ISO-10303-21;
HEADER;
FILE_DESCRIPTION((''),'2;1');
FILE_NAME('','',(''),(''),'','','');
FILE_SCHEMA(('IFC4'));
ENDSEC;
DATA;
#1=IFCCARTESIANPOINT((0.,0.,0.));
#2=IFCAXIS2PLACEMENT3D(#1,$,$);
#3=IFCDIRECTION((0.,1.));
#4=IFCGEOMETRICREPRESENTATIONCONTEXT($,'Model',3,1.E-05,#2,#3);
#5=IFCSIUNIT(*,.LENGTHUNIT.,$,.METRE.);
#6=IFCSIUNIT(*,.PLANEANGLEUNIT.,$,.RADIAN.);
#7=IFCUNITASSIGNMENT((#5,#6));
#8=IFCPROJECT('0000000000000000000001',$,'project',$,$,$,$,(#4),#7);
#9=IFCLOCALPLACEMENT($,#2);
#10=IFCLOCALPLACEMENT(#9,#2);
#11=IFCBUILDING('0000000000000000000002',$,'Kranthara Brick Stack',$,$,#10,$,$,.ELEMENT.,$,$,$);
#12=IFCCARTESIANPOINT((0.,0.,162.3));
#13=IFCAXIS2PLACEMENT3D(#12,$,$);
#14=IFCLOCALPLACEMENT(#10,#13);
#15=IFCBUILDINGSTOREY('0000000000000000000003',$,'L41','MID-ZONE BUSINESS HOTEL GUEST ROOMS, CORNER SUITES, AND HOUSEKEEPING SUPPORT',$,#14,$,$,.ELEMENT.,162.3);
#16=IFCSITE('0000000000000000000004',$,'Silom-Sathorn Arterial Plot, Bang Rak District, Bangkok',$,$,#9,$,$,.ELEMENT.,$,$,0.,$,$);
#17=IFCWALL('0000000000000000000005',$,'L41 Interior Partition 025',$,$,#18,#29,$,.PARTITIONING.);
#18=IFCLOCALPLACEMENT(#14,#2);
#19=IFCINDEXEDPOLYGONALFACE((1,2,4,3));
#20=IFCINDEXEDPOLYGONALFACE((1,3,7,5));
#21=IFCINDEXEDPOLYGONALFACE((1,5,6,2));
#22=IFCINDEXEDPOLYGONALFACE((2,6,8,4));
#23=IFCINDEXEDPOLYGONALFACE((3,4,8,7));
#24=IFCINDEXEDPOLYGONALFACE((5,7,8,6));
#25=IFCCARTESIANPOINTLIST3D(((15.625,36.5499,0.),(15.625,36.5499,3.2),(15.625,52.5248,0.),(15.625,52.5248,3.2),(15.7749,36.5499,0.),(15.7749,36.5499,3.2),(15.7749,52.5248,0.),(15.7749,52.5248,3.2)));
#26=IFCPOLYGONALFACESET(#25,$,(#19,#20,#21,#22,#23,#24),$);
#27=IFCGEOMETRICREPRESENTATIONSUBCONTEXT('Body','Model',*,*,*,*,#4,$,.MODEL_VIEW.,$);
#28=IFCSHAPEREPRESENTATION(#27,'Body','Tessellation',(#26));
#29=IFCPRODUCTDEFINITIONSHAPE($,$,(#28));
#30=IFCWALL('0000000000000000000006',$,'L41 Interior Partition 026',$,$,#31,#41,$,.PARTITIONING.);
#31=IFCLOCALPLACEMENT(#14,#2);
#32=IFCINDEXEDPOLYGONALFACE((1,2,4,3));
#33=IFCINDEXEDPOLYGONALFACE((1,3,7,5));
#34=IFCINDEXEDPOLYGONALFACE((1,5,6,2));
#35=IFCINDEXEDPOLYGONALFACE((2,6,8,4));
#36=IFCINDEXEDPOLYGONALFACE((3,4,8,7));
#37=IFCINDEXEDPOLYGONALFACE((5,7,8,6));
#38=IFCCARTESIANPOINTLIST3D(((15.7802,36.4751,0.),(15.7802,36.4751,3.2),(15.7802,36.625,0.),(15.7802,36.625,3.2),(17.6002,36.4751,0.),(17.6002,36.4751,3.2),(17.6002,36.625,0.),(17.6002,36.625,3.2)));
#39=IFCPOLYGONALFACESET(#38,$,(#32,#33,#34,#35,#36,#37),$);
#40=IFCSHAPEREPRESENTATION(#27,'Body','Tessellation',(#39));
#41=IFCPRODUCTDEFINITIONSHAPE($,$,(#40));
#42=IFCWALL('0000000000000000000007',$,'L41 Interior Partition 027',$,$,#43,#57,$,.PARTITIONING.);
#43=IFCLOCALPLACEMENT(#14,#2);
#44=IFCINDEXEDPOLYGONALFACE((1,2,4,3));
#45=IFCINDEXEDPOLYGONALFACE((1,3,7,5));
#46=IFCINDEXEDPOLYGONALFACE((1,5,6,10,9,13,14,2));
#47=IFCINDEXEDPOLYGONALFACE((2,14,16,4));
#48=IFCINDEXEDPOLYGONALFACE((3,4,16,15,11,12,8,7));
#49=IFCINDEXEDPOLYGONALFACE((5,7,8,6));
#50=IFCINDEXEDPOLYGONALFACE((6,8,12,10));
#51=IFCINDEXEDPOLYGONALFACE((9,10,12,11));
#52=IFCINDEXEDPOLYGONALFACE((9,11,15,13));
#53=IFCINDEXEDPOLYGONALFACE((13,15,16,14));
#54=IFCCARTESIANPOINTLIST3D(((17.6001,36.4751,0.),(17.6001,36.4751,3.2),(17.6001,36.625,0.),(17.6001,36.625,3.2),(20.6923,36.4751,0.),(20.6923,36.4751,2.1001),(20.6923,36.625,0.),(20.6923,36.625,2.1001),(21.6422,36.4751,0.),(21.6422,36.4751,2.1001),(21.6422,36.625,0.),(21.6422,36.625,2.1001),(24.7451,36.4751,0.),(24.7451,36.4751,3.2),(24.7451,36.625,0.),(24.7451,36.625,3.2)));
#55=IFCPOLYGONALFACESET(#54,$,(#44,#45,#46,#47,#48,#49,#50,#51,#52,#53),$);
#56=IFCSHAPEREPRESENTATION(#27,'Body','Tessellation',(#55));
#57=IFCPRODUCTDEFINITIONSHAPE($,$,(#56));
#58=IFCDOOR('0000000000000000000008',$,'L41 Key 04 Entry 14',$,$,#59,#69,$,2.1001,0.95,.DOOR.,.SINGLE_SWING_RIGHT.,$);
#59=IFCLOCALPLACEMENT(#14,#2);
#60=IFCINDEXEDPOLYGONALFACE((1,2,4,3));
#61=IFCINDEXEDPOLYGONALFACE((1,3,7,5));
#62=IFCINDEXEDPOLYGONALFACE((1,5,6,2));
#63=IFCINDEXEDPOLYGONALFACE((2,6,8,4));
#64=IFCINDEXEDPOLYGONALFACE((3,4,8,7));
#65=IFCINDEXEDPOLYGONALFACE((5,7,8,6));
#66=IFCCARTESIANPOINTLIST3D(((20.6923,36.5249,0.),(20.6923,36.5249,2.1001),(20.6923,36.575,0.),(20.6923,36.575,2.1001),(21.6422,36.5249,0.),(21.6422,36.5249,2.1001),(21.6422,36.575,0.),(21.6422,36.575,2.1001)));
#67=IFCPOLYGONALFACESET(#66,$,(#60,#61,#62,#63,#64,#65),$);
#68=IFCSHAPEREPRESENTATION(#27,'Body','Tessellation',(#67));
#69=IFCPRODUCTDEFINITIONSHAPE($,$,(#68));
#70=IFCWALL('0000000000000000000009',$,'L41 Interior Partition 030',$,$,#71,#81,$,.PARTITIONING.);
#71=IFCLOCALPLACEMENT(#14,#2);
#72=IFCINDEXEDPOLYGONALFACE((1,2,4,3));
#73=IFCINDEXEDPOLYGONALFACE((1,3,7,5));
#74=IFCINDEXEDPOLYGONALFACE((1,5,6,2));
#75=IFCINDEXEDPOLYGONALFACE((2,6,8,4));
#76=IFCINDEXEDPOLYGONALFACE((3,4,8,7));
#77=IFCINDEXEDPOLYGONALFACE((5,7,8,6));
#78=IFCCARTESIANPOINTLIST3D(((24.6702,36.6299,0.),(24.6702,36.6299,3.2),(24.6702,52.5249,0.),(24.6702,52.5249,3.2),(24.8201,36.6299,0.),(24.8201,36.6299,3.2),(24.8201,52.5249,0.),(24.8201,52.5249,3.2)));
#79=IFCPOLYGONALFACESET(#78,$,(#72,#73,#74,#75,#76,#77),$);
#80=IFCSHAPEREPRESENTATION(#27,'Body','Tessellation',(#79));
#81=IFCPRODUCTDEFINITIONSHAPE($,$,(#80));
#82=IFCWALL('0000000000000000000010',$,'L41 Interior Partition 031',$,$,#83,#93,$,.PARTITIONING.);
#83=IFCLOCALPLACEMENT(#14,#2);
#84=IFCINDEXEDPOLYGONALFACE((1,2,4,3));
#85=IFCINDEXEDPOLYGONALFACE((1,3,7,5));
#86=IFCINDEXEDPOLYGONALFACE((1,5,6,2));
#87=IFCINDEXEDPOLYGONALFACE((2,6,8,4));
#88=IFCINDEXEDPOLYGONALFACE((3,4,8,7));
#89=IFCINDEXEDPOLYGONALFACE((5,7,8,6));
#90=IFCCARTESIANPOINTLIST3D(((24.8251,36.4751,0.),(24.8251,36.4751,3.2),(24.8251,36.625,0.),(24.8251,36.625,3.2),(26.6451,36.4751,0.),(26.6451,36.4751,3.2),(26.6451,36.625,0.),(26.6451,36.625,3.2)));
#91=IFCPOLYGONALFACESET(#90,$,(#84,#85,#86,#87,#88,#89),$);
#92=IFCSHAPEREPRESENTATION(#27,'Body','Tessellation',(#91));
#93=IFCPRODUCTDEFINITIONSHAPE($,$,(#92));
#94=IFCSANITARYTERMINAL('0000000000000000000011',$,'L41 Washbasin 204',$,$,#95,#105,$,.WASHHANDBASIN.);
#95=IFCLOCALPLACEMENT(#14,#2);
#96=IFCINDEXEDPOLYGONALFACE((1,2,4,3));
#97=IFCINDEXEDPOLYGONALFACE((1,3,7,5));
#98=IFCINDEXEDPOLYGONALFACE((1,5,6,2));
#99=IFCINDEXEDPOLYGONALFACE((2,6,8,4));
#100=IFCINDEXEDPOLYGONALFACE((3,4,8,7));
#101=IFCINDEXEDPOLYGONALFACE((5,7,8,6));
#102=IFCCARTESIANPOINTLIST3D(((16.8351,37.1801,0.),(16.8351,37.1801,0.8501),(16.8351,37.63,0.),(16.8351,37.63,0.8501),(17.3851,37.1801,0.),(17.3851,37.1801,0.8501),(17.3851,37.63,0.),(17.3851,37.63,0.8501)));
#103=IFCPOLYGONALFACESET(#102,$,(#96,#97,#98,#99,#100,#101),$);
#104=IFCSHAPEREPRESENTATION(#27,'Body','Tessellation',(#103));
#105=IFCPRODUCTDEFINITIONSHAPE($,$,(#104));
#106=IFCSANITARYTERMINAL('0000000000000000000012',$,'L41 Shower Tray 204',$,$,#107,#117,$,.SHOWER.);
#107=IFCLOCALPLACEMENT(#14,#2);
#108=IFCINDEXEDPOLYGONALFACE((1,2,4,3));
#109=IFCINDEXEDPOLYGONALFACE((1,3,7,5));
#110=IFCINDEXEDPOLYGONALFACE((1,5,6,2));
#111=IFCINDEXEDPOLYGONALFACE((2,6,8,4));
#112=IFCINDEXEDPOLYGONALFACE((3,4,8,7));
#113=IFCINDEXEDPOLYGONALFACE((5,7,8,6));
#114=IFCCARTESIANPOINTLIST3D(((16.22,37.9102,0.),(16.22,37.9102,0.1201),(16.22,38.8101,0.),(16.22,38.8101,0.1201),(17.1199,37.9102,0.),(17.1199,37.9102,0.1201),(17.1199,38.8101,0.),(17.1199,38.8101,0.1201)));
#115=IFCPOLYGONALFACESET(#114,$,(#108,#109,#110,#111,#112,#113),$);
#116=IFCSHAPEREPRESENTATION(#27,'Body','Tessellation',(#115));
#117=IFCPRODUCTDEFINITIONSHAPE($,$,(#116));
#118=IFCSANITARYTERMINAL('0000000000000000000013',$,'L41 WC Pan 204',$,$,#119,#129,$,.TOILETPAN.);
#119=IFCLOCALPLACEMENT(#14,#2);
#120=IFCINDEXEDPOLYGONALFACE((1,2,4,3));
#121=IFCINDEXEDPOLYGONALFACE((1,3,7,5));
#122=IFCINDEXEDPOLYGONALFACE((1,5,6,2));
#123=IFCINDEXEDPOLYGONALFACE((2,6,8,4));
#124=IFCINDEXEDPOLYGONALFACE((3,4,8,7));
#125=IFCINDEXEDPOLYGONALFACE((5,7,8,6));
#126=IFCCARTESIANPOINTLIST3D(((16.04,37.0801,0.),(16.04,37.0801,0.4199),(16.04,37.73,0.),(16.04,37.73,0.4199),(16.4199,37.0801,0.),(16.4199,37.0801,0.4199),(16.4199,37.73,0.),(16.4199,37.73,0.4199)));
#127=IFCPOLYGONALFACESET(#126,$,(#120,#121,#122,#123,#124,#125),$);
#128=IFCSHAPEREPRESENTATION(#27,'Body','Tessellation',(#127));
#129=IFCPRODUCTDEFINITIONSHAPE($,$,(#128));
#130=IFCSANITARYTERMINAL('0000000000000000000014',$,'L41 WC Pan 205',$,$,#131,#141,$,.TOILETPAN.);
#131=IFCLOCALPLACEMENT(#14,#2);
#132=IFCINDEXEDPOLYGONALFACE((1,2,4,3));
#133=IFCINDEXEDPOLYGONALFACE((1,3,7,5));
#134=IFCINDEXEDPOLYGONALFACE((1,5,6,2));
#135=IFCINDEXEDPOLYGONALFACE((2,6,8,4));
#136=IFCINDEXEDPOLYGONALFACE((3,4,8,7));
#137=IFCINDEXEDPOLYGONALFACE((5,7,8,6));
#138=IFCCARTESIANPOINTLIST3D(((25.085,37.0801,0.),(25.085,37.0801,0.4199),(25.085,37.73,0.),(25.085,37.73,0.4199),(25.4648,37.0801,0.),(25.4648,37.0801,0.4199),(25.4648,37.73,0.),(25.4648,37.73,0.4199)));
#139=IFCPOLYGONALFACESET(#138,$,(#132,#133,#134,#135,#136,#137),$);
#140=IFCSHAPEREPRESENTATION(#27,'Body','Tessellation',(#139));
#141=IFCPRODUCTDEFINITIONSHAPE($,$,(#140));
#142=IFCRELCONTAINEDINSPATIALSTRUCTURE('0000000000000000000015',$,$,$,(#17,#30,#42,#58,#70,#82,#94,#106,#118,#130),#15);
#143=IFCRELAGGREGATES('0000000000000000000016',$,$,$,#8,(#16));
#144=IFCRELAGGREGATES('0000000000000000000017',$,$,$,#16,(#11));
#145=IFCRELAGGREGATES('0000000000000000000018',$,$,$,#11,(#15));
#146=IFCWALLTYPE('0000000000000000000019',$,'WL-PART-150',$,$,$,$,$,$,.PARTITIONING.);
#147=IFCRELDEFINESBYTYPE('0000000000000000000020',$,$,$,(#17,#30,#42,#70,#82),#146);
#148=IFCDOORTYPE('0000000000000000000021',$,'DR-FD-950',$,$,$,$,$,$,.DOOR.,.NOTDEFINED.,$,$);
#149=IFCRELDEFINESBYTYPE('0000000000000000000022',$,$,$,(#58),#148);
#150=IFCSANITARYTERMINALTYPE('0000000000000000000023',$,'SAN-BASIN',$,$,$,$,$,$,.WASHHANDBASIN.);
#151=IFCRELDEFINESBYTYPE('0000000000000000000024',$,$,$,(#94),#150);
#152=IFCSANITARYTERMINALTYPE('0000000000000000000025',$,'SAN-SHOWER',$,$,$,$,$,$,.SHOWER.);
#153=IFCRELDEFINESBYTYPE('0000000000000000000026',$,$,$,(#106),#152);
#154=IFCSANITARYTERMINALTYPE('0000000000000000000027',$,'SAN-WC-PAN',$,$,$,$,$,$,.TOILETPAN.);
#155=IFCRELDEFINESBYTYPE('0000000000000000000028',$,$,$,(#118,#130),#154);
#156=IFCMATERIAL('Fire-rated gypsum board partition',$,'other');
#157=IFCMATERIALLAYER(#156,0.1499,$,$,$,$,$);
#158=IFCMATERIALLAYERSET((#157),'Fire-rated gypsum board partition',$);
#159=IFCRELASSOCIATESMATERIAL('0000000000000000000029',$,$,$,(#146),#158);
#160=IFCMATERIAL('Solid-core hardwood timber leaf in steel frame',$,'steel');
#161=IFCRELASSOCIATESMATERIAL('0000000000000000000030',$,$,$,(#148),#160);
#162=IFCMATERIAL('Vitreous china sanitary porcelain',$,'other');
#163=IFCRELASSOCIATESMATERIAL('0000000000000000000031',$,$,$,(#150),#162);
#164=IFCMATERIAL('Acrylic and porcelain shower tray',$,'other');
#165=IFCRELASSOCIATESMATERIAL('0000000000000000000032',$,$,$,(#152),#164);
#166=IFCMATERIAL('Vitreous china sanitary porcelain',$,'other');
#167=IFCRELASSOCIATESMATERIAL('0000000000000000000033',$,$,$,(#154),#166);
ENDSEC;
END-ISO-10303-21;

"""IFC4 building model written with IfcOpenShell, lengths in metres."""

from ifc_helpers import new_model, si_unit, direction, frame, frame_2d, origin, origin_2d, place, context, subcontext, project, spatial, rectangle, extrude, material, layer, layer_set, type_object, element, fill, save


model = new_model("IFC4")

# Units and contexts
model_context = context("Model", 3, precision=1e-05, world=origin(), true_north=direction((0.0, 1.0)))
body_context = subcontext(model_context, "Body", "Model", "MODEL_VIEW")
ifc_project = project(units=[si_unit("LENGTHUNIT", "METRE"), si_unit("PLANEANGLEUNIT", "RADIAN")], contexts=[model_context])

# Site, building, storey
site_placement = place(None, origin())
site = spatial("IfcSite", under=ifc_project, at=site_placement, Name="Silom-Sathorn Arterial Plot, Bang Rak District, Bangkok", CompositionType="ELEMENT", RefElevation=0.0)
building_placement = place(site_placement, origin())
building = spatial("IfcBuilding", under=site, at=building_placement, Name="Kranthara Brick Stack", CompositionType="ELEMENT")
storey_placement = place(building_placement, frame((0.0, 0.0, 162.3)))
storey = spatial("IfcBuildingStorey", under=building, at=storey_placement, Name="L41", Description="MID-ZONE BUSINESS HOTEL GUEST ROOMS, CORNER SUITES, AND HOUSEKEEPING SUPPORT", CompositionType="ELEMENT", Elevation=162.3)

# Walls
ifc_material_1 = material(Name="Fire-rated gypsum board partition", Category="other")
ifc_layer_1 = layer(ifc_material_1, 0.1499)
ifc_layer_set_1 = layer_set([ifc_layer_1], Name="Fire-rated gypsum board partition")
wall_type_1 = type_object("IfcWallType", Name="WL-PART-150", PredefinedType="PARTITIONING", material=ifc_layer_set_1)
wall_1_placement = place(storey_placement, frame((15.7, 36.55, 0.0), z_axis=(0.0, 0.0, 1.0), x_axis=(0.0, 1.0, 0.0)))
element("IfcWall", 1, at=wall_1_placement, inside=storey, type_object=wall_type_1, Name="L41 Interior Partition 025", PredefinedType="PARTITIONING", context=body_context, shape_type="SweptSolid", body=[
    extrude(rectangle(XDim=15.9749, YDim=0.1499, at=frame_2d((7.9873, 0.0))), origin(), (0.0, 0.0, 1.0), 3.2),
])
wall_2_placement = place(storey_placement, frame((15.78, 36.55, 0.0), z_axis=(0.0, 0.0, 1.0), x_axis=(1.0, 0.0, 0.0)))
element("IfcWall", 2, at=wall_2_placement, inside=storey, type_object=wall_type_1, Name="L41 Interior Partition 026", PredefinedType="PARTITIONING", context=body_context, shape_type="SweptSolid", body=[
    extrude(rectangle(XDim=1.8201, YDim=0.1499, at=frame_2d((0.9102, 0.0))), origin(), (0.0, 0.0, 1.0), 3.2),
])

# Wall, opening, door
wall_3_placement = place(storey_placement, frame((17.6001, 36.55, 0.0), z_axis=(0.0, 0.0, 1.0), x_axis=(1.0, 0.0, 0.0)))
wall_3 = element("IfcWall", 3, at=wall_3_placement, inside=storey, type_object=wall_type_1, Name="L41 Interior Partition 027", PredefinedType="PARTITIONING", context=body_context, shape_type="SweptSolid", body=[
    extrude(rectangle(XDim=7.145, YDim=0.1499, at=frame_2d((3.5725, 0.0))), origin(), (0.0, 0.0, 1.0), 3.2),
])
opening_1_placement = place(wall_3_placement, frame((3.092, 0.0, 0.0)))
opening_1 = element("IfcOpeningElement", 4, at=opening_1_placement, cuts=wall_3, PredefinedType="OPENING", context=body_context, shape_type="SweptSolid", body=[
    extrude(rectangle(XDim=0.95, YDim=2.1001, at=frame_2d((0.4751, 1.05))), frame((0.0, 0.085, 0.0), z_axis=(0.0, -1.0, 0.0), x_axis=(1.0, 0.0, 0.0)), (0.0, 0.0, 1.0), 0.1699),
])
ifc_material_2 = material(Name="Solid-core hardwood timber leaf in steel frame", Category="steel")
door_type_1 = type_object("IfcDoorType", Name="DR-FD-950", OperationType="NOTDEFINED", PredefinedType="DOOR", material=ifc_material_2)
door_1_placement = place(opening_1_placement, origin())
door_1 = element("IfcDoor", 5, at=door_1_placement, inside=storey, type_object=door_type_1, Name="L41 Key 04 Entry 14", OperationType="SINGLE_SWING_RIGHT", OverallHeight=2.1001, OverallWidth=0.95, PredefinedType="DOOR", context=body_context, shape_type="SweptSolid", body=[
    extrude(rectangle(XDim=0.95, YDim=2.1001, at=frame_2d((0.4751, 1.05))), frame((0.0, 0.0249, 0.0), z_axis=(0.0, -1.0, 0.0), x_axis=(1.0, 0.0, 0.0)), (0.0, 0.0, 1.0), 0.05),
])
fill(opening_1, door_1)

# Walls
wall_4_placement = place(storey_placement, frame((24.7451, 36.6299, 0.0), z_axis=(0.0, 0.0, 1.0), x_axis=(0.0, 1.0, 0.0)))
element("IfcWall", 6, at=wall_4_placement, inside=storey, type_object=wall_type_1, Name="L41 Interior Partition 030", PredefinedType="PARTITIONING", context=body_context, shape_type="SweptSolid", body=[
    extrude(rectangle(XDim=15.895, YDim=0.1499, at=frame_2d((7.9475, 0.0))), origin(), (0.0, 0.0, 1.0), 3.2),
])
wall_5_placement = place(storey_placement, frame((24.825, 36.55, 0.0), z_axis=(0.0, 0.0, 1.0), x_axis=(1.0, 0.0, 0.0)))
element("IfcWall", 7, at=wall_5_placement, inside=storey, type_object=wall_type_1, Name="L41 Interior Partition 031", PredefinedType="PARTITIONING", context=body_context, shape_type="SweptSolid", body=[
    extrude(rectangle(XDim=1.8201, YDim=0.1499, at=frame_2d((0.9102, 0.0))), origin(), (0.0, 0.0, 1.0), 3.2),
])

# Sanitary terminals
ifc_material_3 = material(Name="Vitreous china sanitary porcelain", Category="other")
sanitary_terminal_type_1 = type_object("IfcSanitaryTerminalType", Name="SAN-BASIN", PredefinedType="WASHHANDBASIN", material=ifc_material_3)
sanitary_terminal_1_placement = place(storey_placement, frame((17.1101, 37.405, 0.0), z_axis=(0.0, 0.0, 1.0), x_axis=(1.0, 0.0, 0.0)))
element("IfcSanitaryTerminal", 8, at=sanitary_terminal_1_placement, inside=storey, type_object=sanitary_terminal_type_1, Name="L41 Washbasin 204", PredefinedType="WASHHANDBASIN", context=body_context, shape_type="SweptSolid", body=[
    extrude(rectangle(XDim=0.55, YDim=0.45, at=origin_2d()), origin(), (0.0, 0.0, 1.0), 0.8501),
])
ifc_material_4 = material(Name="Acrylic and porcelain shower tray", Category="other")
sanitary_terminal_type_2 = type_object("IfcSanitaryTerminalType", Name="SAN-SHOWER", PredefinedType="SHOWER", material=ifc_material_4)
sanitary_terminal_2_placement = place(storey_placement, frame((16.6699, 38.3601, 0.0), z_axis=(0.0, 0.0, 1.0), x_axis=(1.0, 0.0, 0.0)))
element("IfcSanitaryTerminal", 9, at=sanitary_terminal_2_placement, inside=storey, type_object=sanitary_terminal_type_2, Name="L41 Shower Tray 204", PredefinedType="SHOWER", context=body_context, shape_type="SweptSolid", body=[
    extrude(rectangle(XDim=0.8999, YDim=0.8999, at=origin_2d()), origin(), (0.0, 0.0, 1.0), 0.1201),
])
ifc_material_5 = material(Name="Vitreous china sanitary porcelain", Category="other")
sanitary_terminal_type_3 = type_object("IfcSanitaryTerminalType", Name="SAN-WC-PAN", PredefinedType="TOILETPAN", material=ifc_material_5)
for number, where, z_axis, x_axis, name in (
    (10, (16.23, 37.405, 0.0), (0.0, 0.0, 1.0), (1.0, 0.0, 0.0), "L41 WC Pan 204"),
    (11, (25.2749, 37.405, 0.0), (0.0, 0.0, 1.0), (1.0, 0.0, 0.0), "L41 WC Pan 205"),
):
    element("IfcSanitaryTerminal", number, at=place(storey_placement, frame(where, z_axis=z_axis, x_axis=x_axis)), inside=storey, type_object=sanitary_terminal_type_3, Name=name, PredefinedType="TOILETPAN", context=body_context, shape_type="SweptSolid", body=[
        extrude(rectangle(XDim=0.3799, YDim=0.6499, at=origin_2d()), origin(), (0.0, 0.0, 1.0), 0.4199),
    ])

save(model, "model.ifc")
